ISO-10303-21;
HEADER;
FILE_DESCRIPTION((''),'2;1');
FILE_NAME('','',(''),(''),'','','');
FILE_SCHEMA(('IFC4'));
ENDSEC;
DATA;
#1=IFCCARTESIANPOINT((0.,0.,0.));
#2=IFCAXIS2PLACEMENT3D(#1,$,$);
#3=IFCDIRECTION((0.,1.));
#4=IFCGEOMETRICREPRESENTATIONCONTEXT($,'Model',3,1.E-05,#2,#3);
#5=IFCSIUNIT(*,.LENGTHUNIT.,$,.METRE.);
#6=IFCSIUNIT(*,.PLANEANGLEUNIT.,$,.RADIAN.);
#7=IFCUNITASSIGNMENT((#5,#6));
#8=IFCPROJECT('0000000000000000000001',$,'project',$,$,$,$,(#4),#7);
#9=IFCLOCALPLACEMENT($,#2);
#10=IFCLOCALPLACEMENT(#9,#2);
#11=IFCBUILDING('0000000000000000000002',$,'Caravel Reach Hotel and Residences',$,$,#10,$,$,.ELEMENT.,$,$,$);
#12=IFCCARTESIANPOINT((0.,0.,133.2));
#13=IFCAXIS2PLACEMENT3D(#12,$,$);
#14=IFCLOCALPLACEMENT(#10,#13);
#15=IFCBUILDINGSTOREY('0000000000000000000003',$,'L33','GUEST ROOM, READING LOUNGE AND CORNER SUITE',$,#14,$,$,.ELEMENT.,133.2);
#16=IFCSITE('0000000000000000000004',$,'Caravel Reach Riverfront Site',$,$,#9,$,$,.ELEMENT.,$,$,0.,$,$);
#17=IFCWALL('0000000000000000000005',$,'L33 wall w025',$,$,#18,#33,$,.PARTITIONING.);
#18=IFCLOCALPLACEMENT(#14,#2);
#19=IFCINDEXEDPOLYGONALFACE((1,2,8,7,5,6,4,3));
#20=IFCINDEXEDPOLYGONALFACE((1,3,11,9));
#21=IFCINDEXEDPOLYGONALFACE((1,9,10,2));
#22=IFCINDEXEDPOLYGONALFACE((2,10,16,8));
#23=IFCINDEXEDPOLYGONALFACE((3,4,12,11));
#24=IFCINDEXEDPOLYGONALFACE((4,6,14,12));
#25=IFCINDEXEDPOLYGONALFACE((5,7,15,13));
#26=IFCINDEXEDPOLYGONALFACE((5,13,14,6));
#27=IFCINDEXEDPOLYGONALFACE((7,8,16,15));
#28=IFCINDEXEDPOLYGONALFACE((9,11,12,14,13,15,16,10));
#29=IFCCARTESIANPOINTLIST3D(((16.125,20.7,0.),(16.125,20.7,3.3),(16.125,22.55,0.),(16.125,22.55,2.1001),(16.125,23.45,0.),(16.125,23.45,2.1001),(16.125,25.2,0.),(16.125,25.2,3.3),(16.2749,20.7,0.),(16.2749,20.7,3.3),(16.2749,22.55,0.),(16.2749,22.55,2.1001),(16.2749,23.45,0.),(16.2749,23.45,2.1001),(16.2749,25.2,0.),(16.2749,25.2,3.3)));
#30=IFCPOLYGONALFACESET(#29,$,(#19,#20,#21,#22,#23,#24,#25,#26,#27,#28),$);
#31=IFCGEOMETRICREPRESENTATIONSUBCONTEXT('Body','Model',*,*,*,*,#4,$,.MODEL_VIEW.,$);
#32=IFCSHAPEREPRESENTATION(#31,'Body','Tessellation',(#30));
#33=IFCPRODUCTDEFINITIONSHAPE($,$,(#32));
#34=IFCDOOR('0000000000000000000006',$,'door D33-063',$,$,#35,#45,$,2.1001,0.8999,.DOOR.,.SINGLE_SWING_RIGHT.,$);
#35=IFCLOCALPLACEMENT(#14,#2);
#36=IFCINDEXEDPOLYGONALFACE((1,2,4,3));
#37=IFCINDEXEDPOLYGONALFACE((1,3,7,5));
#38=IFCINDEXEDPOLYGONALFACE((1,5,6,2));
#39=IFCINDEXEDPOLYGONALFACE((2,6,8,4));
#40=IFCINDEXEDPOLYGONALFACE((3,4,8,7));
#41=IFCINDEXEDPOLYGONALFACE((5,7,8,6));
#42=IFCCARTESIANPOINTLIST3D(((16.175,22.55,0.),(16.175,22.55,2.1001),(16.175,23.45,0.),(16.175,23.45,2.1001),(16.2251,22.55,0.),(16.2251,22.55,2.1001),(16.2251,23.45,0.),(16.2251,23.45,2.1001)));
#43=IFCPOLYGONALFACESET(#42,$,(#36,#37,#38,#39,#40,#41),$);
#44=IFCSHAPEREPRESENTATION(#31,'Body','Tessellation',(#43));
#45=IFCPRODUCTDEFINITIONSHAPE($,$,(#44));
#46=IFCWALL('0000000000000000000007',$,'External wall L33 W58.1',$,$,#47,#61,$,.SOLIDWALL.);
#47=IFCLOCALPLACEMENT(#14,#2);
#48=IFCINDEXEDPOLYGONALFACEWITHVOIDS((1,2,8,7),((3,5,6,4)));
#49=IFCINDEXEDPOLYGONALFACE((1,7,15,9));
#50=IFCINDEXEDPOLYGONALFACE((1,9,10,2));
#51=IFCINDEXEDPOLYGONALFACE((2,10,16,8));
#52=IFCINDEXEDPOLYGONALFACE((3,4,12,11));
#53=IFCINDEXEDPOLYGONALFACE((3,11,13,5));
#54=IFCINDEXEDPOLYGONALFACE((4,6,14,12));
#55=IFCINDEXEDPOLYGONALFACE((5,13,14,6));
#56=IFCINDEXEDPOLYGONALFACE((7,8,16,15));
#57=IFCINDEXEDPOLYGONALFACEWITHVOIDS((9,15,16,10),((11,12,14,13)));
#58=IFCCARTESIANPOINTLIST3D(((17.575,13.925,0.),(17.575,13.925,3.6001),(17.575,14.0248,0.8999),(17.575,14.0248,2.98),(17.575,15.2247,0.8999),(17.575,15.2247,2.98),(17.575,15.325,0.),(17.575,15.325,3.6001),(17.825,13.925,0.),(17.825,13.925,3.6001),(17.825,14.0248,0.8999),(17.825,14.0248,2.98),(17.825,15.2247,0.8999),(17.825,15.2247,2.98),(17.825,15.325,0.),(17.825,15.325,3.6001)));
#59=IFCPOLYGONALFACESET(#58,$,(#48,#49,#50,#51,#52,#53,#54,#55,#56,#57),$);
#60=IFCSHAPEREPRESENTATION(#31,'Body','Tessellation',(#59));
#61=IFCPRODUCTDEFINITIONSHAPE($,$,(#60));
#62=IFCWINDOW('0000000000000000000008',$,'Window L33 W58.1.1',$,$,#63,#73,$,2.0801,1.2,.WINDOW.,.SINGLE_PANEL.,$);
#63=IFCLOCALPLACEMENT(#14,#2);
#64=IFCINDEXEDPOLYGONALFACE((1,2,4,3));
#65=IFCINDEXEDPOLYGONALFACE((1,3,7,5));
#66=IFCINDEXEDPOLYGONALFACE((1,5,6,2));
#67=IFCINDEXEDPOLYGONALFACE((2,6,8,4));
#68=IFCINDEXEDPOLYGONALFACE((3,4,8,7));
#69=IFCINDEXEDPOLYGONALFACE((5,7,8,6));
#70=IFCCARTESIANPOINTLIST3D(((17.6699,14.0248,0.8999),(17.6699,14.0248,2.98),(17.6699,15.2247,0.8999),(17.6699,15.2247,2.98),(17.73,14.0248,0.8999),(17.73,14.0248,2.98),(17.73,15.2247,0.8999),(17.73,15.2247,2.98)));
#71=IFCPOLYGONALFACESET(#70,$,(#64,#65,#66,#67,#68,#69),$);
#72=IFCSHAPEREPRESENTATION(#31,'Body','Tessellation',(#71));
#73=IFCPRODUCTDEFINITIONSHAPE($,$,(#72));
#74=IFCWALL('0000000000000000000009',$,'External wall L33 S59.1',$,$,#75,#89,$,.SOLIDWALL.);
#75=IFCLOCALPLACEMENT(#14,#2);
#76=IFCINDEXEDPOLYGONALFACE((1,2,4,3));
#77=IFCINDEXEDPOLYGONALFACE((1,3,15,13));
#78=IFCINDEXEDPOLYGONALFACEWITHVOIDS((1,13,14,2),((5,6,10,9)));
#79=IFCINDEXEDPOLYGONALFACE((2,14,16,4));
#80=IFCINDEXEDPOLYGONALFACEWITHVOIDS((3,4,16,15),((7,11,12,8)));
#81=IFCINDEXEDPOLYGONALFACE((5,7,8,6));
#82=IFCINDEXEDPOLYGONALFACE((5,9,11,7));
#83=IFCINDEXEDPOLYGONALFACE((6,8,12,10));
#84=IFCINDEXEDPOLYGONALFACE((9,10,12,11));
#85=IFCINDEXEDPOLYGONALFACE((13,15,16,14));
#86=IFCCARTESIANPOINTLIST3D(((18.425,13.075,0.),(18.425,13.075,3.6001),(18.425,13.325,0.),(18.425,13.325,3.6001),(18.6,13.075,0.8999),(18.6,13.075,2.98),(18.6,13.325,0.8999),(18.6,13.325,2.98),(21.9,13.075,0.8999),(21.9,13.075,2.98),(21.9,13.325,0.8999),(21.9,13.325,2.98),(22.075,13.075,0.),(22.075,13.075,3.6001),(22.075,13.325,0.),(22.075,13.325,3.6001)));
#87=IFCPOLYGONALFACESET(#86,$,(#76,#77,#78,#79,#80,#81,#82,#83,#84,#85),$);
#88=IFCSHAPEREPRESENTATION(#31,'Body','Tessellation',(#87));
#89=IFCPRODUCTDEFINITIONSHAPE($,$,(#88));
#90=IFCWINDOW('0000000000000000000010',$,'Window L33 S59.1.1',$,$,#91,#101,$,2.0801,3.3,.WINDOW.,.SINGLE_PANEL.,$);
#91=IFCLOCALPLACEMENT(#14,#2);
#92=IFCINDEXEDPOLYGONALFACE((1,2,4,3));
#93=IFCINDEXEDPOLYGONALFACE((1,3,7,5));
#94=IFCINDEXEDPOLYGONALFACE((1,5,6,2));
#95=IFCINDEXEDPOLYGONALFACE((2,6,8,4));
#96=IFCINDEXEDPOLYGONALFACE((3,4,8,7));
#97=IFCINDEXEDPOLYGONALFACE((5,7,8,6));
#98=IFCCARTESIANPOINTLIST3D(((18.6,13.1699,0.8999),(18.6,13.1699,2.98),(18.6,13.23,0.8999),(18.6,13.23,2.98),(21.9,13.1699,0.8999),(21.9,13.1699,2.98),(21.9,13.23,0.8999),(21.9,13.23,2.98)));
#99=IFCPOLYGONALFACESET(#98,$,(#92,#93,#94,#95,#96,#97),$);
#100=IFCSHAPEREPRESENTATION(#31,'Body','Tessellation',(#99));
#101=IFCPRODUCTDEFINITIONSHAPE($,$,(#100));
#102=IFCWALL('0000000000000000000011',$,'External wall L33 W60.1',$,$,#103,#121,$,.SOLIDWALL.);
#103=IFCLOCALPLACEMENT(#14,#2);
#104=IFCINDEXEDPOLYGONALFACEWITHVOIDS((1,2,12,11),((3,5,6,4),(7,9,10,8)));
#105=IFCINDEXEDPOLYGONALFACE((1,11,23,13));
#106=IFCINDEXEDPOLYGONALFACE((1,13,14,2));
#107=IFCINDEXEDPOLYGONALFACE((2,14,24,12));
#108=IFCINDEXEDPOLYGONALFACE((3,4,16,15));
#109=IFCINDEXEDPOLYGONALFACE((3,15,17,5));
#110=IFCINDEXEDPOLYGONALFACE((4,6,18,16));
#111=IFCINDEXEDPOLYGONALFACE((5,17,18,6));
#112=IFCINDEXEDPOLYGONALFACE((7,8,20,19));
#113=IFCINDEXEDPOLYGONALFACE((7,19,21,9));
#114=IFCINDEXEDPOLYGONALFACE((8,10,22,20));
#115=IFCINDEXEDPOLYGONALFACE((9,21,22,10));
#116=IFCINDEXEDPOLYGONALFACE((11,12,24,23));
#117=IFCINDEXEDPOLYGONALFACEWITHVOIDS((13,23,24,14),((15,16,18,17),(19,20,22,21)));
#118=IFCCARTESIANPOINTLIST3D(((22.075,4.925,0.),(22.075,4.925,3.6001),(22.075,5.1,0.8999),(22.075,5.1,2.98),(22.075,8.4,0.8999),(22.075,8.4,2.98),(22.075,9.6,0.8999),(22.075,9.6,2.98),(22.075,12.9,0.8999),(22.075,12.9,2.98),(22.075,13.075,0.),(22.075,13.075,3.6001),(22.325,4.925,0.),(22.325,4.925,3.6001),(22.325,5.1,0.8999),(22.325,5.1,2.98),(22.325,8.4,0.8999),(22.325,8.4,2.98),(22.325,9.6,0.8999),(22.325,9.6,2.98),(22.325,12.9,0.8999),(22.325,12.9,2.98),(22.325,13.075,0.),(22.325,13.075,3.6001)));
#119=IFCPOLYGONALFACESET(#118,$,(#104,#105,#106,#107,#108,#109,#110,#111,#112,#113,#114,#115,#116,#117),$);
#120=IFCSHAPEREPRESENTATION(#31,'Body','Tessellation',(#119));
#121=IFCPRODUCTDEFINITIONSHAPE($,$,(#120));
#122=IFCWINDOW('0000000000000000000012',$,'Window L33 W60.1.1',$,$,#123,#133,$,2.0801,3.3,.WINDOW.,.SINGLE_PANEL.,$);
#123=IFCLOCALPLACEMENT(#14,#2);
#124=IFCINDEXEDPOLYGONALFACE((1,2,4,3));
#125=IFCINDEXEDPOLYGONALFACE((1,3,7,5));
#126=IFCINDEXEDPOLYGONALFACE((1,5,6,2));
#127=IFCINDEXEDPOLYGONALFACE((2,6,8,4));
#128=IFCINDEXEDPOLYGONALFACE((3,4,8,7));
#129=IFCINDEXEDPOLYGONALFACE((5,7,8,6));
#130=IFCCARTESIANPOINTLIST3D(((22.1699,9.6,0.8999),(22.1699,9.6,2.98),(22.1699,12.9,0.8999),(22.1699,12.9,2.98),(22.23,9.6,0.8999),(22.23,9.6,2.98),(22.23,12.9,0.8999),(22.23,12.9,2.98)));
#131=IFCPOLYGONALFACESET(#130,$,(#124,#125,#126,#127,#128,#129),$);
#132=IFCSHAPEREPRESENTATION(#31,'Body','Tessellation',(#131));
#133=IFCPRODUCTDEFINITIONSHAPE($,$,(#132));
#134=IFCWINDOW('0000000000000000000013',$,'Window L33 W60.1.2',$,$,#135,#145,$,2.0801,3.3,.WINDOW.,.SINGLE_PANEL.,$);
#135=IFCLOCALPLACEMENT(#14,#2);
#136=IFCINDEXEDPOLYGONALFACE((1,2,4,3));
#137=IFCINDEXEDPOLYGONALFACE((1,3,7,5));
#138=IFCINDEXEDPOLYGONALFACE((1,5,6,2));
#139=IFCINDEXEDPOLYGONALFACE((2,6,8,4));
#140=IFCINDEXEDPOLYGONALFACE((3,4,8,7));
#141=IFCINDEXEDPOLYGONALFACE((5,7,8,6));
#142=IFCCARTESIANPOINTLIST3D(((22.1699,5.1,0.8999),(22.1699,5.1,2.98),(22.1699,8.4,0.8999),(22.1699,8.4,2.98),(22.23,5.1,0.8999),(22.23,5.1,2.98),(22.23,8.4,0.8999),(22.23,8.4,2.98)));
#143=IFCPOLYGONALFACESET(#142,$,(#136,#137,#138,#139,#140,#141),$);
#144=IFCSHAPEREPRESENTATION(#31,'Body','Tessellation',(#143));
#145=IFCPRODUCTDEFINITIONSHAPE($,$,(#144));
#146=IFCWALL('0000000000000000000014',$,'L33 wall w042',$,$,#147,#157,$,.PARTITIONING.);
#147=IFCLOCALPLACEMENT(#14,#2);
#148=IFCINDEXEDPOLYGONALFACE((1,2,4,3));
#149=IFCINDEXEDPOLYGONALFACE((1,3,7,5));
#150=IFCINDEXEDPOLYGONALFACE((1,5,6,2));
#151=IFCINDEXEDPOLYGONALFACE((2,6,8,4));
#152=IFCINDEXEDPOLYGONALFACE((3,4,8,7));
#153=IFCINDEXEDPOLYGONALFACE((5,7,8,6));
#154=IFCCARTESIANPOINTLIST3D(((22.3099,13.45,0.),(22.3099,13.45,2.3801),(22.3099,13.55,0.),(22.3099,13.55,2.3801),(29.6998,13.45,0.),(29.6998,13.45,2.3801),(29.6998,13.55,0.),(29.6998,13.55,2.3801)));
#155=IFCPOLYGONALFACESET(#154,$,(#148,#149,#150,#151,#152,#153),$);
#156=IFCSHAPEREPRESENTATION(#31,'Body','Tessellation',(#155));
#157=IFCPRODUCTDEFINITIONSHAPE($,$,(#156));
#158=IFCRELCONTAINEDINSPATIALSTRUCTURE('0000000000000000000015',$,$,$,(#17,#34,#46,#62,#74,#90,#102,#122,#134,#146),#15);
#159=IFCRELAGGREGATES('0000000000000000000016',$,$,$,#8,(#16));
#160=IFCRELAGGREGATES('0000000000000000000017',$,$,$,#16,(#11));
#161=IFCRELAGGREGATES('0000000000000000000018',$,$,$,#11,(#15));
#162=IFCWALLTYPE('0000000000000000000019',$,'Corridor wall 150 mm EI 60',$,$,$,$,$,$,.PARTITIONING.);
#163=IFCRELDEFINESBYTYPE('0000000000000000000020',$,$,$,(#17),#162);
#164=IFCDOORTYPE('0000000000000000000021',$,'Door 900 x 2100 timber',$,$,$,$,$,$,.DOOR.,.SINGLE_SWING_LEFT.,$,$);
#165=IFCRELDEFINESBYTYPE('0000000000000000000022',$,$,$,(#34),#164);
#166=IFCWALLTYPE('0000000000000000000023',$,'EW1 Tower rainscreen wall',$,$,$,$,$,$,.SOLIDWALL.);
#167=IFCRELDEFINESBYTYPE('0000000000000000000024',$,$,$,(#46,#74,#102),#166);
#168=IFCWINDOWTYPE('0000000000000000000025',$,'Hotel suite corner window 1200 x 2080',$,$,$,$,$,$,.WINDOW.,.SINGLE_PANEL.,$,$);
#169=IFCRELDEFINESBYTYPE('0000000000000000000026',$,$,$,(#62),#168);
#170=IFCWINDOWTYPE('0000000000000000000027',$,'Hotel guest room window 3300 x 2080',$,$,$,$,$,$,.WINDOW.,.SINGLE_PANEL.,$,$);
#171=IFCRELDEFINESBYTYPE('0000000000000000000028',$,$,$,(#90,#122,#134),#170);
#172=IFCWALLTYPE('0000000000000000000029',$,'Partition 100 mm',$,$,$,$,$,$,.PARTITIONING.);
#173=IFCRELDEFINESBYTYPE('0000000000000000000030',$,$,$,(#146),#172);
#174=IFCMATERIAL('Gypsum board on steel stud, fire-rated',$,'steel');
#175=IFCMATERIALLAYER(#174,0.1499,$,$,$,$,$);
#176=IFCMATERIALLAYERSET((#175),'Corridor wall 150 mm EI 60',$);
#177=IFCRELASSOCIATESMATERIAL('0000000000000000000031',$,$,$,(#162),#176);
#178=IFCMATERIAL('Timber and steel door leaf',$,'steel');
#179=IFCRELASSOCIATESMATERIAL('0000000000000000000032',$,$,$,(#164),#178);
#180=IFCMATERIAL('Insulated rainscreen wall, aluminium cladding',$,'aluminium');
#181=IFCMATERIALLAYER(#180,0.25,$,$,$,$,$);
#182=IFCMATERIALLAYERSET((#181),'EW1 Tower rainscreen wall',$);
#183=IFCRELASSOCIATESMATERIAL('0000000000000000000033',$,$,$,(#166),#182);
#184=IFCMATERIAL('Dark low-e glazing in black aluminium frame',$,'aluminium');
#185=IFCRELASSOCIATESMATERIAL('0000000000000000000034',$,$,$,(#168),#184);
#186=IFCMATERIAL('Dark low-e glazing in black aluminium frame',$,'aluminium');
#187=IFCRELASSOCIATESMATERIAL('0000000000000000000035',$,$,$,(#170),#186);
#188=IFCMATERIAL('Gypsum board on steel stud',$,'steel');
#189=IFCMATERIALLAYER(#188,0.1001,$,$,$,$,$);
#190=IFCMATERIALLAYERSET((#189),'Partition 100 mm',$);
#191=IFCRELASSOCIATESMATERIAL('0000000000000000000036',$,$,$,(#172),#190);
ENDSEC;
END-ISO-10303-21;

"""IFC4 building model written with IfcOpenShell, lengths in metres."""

from ifc_helpers import new_model, si_unit, direction, frame, frame_2d, origin, place, context, subcontext, project, spatial, rectangle, extrude, material, layer, layer_set, type_object, element, fill, save


model = new_model("IFC4")

# Units and contexts
model_context = context("Model", 3, precision=1e-05, world=origin(), true_north=direction((0.0, 1.0)))
body_context = subcontext(model_context, "Body", "Model", "MODEL_VIEW")
ifc_project = project(units=[si_unit("LENGTHUNIT", "METRE"), si_unit("PLANEANGLEUNIT", "RADIAN")], contexts=[model_context])

# Site, building, storey
site_placement = place(None, origin())
site = spatial("IfcSite", under=ifc_project, at=site_placement, Name="Caravel Reach Riverfront Site", CompositionType="ELEMENT", RefElevation=0.0)
building_placement = place(site_placement, origin())
building = spatial("IfcBuilding", under=site, at=building_placement, Name="Caravel Reach Hotel and Residences", CompositionType="ELEMENT")
storey_placement = place(building_placement, frame((0.0, 0.0, 133.2)))
storey = spatial("IfcBuildingStorey", under=building, at=storey_placement, Name="L33", Description="GUEST ROOM, READING LOUNGE AND CORNER SUITE", CompositionType="ELEMENT", Elevation=133.2)

# Shared definitions
ifc_material_1 = material(Name="Gypsum board on steel stud, fire-rated", Category="steel")
ifc_layer_1 = layer(ifc_material_1, 0.1499)
ifc_layer_set_1 = layer_set([ifc_layer_1], Name="Corridor wall 150 mm EI 60")
wall_type_1 = type_object("IfcWallType", Name="Corridor wall 150 mm EI 60", PredefinedType="PARTITIONING", material=ifc_layer_set_1)
ifc_material_2 = material(Name="Timber and steel door leaf", Category="steel")
door_type_1 = type_object("IfcDoorType", Name="Door 900 x 2100 timber", OperationType="SINGLE_SWING_LEFT", PredefinedType="DOOR", material=ifc_material_2)

# Wall, opening, door
wall_1_placement = place(storey_placement, frame((16.2, 20.7, 0.0), z_axis=(0.0, 0.0, 1.0), x_axis=(0.0, 1.0, 0.0)))
wall_1 = element("IfcWall", 1, at=wall_1_placement, inside=storey, type_object=wall_type_1, Name="L33 wall w025", PredefinedType="PARTITIONING", context=body_context, shape_type="SweptSolid", body=[
    extrude(rectangle(XDim=4.5, YDim=0.1499, at=frame_2d((2.25, 0.0))), origin(), (0.0, 0.0, 1.0), 3.3),
])
opening_1_placement = place(wall_1_placement, frame((1.8501, 0.0, 0.0)))
opening_1 = element("IfcOpeningElement", 2, at=opening_1_placement, cuts=wall_1, PredefinedType="OPENING", context=body_context, shape_type="SweptSolid", body=[
    extrude(rectangle(XDim=0.8999, YDim=2.1001, at=frame_2d((0.45, 1.05))), frame((0.0, 0.085, 0.0), z_axis=(0.0, -1.0, 0.0), x_axis=(1.0, 0.0, 0.0)), (0.0, 0.0, 1.0), 0.1699),
])
door_1_placement = place(opening_1_placement, origin())
door_1 = element("IfcDoor", 3, at=door_1_placement, inside=storey, type_object=door_type_1, Name="door D33-063", OperationType="SINGLE_SWING_RIGHT", OverallHeight=2.1001, OverallWidth=0.8999, PredefinedType="DOOR", context=body_context, shape_type="SweptSolid", body=[
    extrude(rectangle(XDim=0.8999, YDim=2.1001, at=frame_2d((0.45, 1.05))), frame((0.0, 0.0249, 0.0), z_axis=(0.0, -1.0, 0.0), x_axis=(1.0, 0.0, 0.0)), (0.0, 0.0, 1.0), 0.05),
])
fill(opening_1, door_1)

# Walls, openings, windows
ifc_material_3 = material(Name="Insulated rainscreen wall, aluminium cladding", Category="aluminium")
ifc_layer_2 = layer(ifc_material_3, 0.25)
ifc_layer_set_2 = layer_set([ifc_layer_2], Name="EW1 Tower rainscreen wall")
wall_type_2 = type_object("IfcWallType", Name="EW1 Tower rainscreen wall", PredefinedType="SOLIDWALL", material=ifc_layer_set_2)
wall_2_placement = place(storey_placement, frame((17.7, 15.325, 0.0), z_axis=(0.0, 0.0, 1.0), x_axis=(0.0, -1.0, 0.0)))
wall_2 = element("IfcWall", 4, at=wall_2_placement, inside=storey, type_object=wall_type_2, Name="External wall L33 W58.1", PredefinedType="SOLIDWALL", context=body_context, shape_type="SweptSolid", body=[
    extrude(rectangle(XDim=1.3999, YDim=0.25, at=frame_2d((0.7, 0.0))), origin(), (0.0, 0.0, 1.0), 3.6001),
])
opening_2_placement = place(wall_2_placement, frame((0.1001, 0.0, 0.8999)))
opening_2 = element("IfcOpeningElement", 5, at=opening_2_placement, cuts=wall_2, PredefinedType="OPENING", context=body_context, shape_type="SweptSolid", body=[
    extrude(rectangle(XDim=1.2, YDim=2.0801, at=frame_2d((0.6001, 1.04))), frame((0.0, 0.135, 0.0), z_axis=(0.0, -1.0, 0.0), x_axis=(1.0, 0.0, 0.0)), (0.0, 0.0, 1.0), 0.27),
])
ifc_material_4 = material(Name="Dark low-e glazing in black aluminium frame", Category="aluminium")
window_type_1 = type_object("IfcWindowType", Name="Hotel suite corner window 1200 x 2080", PartitioningType="SINGLE_PANEL", PredefinedType="WINDOW", material=ifc_material_4)
window_1_placement = place(opening_2_placement, origin())
window_1 = element("IfcWindow", 6, at=window_1_placement, inside=storey, type_object=window_type_1, Name="Window L33 W58.1.1", OverallHeight=2.0801, OverallWidth=1.2, PartitioningType="SINGLE_PANEL", PredefinedType="WINDOW", context=body_context, shape_type="SweptSolid", body=[
    extrude(rectangle(XDim=1.2, YDim=2.0801, at=frame_2d((0.6001, 1.04))), frame((0.0, 0.03, 0.0), z_axis=(0.0, -1.0, 0.0), x_axis=(1.0, 0.0, 0.0)), (0.0, 0.0, 1.0), 0.0601),
])
fill(opening_2, window_1)
wall_3_placement = place(storey_placement, frame((18.425, 13.2, 0.0), z_axis=(0.0, 0.0, 1.0), x_axis=(1.0, 0.0, 0.0)))
wall_3 = element("IfcWall", 7, at=wall_3_placement, inside=storey, type_object=wall_type_2, Name="External wall L33 S59.1", PredefinedType="SOLIDWALL", context=body_context, shape_type="SweptSolid", body=[
    extrude(rectangle(XDim=3.6499, YDim=0.25, at=frame_2d((1.825, 0.0))), origin(), (0.0, 0.0, 1.0), 3.6001),
])
opening_3_placement = place(wall_3_placement, frame((0.175, 0.0, 0.8999)))
opening_3 = element("IfcOpeningElement", 8, at=opening_3_placement, cuts=wall_3, PredefinedType="OPENING", context=body_context, shape_type="SweptSolid", body=[
    extrude(rectangle(XDim=3.3, YDim=2.0801, at=frame_2d((1.6499, 1.04))), frame((0.0, 0.135, 0.0), z_axis=(0.0, -1.0, 0.0), x_axis=(1.0, 0.0, 0.0)), (0.0, 0.0, 1.0), 0.27),
])
ifc_material_5 = material(Name="Dark low-e glazing in black aluminium frame", Category="aluminium")
window_type_2 = type_object("IfcWindowType", Name="Hotel guest room window 3300 x 2080", PartitioningType="SINGLE_PANEL", PredefinedType="WINDOW", material=ifc_material_5)
window_2_placement = place(opening_3_placement, origin())
window_2 = element("IfcWindow", 9, at=window_2_placement, inside=storey, type_object=window_type_2, Name="Window L33 S59.1.1", OverallHeight=2.0801, OverallWidth=3.3, PartitioningType="SINGLE_PANEL", PredefinedType="WINDOW", context=body_context, shape_type="SweptSolid", body=[
    extrude(rectangle(XDim=3.3, YDim=2.0801, at=frame_2d((1.6499, 1.04))), frame((0.0, 0.03, 0.0), z_axis=(0.0, -1.0, 0.0), x_axis=(1.0, 0.0, 0.0)), (0.0, 0.0, 1.0), 0.0601),
])
fill(opening_3, window_2)

# Wall, openings, windows
wall_4_placement = place(storey_placement, frame((22.2, 13.075, 0.0), z_axis=(0.0, 0.0, 1.0), x_axis=(0.0, -1.0, 0.0)))
wall_4 = element("IfcWall", 10, at=wall_4_placement, inside=storey, type_object=wall_type_2, Name="External wall L33 W60.1", PredefinedType="SOLIDWALL", context=body_context, shape_type="SweptSolid", body=[
    extrude(rectangle(XDim=8.1499, YDim=0.25, at=frame_2d((4.075, 0.0))), origin(), (0.0, 0.0, 1.0), 3.6001),
])
opening_4_placement = place(wall_4_placement, frame((0.175, 0.0, 0.8999)))
opening_4 = element("IfcOpeningElement", 11, at=opening_4_placement, cuts=wall_4, PredefinedType="OPENING", context=body_context, shape_type="SweptSolid", body=[
    extrude(rectangle(XDim=3.3, YDim=2.0801, at=frame_2d((1.6499, 1.04))), frame((0.0, 0.135, 0.0), z_axis=(0.0, -1.0, 0.0), x_axis=(1.0, 0.0, 0.0)), (0.0, 0.0, 1.0), 0.27),
])
opening_5_placement = place(wall_4_placement, frame((4.675, 0.0, 0.8999)))
opening_5 = element("IfcOpeningElement", 12, at=opening_5_placement, cuts=wall_4, PredefinedType="OPENING", context=body_context, shape_type="SweptSolid", body=[
    extrude(rectangle(XDim=3.3, YDim=2.0801, at=frame_2d((1.6499, 1.04))), frame((0.0, 0.135, 0.0), z_axis=(0.0, -1.0, 0.0), x_axis=(1.0, 0.0, 0.0)), (0.0, 0.0, 1.0), 0.27),
])
window_3_placement = place(opening_4_placement, origin())
window_3 = element("IfcWindow", 13, at=window_3_placement, inside=storey, type_object=window_type_2, Name="Window L33 W60.1.1", OverallHeight=2.0801, OverallWidth=3.3, PartitioningType="SINGLE_PANEL", PredefinedType="WINDOW", context=body_context, shape_type="SweptSolid", body=[
    extrude(rectangle(XDim=3.3, YDim=2.0801, at=frame_2d((1.6499, 1.04))), frame((0.0, 0.03, 0.0), z_axis=(0.0, -1.0, 0.0), x_axis=(1.0, 0.0, 0.0)), (0.0, 0.0, 1.0), 0.0601),
])
fill(opening_4, window_3)
window_4_placement = place(opening_5_placement, origin())
window_4 = element("IfcWindow", 14, at=window_4_placement, inside=storey, type_object=window_type_2, Name="Window L33 W60.1.2", OverallHeight=2.0801, OverallWidth=3.3, PartitioningType="SINGLE_PANEL", PredefinedType="WINDOW", context=body_context, shape_type="SweptSolid", body=[
    extrude(rectangle(XDim=3.3, YDim=2.0801, at=frame_2d((1.6499, 1.04))), frame((0.0, 0.03, 0.0), z_axis=(0.0, -1.0, 0.0), x_axis=(1.0, 0.0, 0.0)), (0.0, 0.0, 1.0), 0.0601),
])
fill(opening_5, window_4)

# Wall
ifc_material_6 = material(Name="Gypsum board on steel stud", Category="steel")
ifc_layer_3 = layer(ifc_material_6, 0.1001)
ifc_layer_set_3 = layer_set([ifc_layer_3], Name="Partition 100 mm")
wall_type_3 = type_object("IfcWallType", Name="Partition 100 mm", PredefinedType="PARTITIONING", material=ifc_layer_set_3)
wall_5_placement = place(storey_placement, frame((22.3101, 13.5, 0.0), z_axis=(0.0, 0.0, 1.0), x_axis=(1.0, 0.0, 0.0)))
element("IfcWall", 15, at=wall_5_placement, inside=storey, type_object=wall_type_3, Name="L33 wall w042", PredefinedType="PARTITIONING", context=body_context, shape_type="SweptSolid", body=[
    extrude(rectangle(XDim=7.3899, YDim=0.1001, at=frame_2d((3.6948, 0.0))), origin(), (0.0, 0.0, 1.0), 2.3801),
])

save(model, "model.ifc")
